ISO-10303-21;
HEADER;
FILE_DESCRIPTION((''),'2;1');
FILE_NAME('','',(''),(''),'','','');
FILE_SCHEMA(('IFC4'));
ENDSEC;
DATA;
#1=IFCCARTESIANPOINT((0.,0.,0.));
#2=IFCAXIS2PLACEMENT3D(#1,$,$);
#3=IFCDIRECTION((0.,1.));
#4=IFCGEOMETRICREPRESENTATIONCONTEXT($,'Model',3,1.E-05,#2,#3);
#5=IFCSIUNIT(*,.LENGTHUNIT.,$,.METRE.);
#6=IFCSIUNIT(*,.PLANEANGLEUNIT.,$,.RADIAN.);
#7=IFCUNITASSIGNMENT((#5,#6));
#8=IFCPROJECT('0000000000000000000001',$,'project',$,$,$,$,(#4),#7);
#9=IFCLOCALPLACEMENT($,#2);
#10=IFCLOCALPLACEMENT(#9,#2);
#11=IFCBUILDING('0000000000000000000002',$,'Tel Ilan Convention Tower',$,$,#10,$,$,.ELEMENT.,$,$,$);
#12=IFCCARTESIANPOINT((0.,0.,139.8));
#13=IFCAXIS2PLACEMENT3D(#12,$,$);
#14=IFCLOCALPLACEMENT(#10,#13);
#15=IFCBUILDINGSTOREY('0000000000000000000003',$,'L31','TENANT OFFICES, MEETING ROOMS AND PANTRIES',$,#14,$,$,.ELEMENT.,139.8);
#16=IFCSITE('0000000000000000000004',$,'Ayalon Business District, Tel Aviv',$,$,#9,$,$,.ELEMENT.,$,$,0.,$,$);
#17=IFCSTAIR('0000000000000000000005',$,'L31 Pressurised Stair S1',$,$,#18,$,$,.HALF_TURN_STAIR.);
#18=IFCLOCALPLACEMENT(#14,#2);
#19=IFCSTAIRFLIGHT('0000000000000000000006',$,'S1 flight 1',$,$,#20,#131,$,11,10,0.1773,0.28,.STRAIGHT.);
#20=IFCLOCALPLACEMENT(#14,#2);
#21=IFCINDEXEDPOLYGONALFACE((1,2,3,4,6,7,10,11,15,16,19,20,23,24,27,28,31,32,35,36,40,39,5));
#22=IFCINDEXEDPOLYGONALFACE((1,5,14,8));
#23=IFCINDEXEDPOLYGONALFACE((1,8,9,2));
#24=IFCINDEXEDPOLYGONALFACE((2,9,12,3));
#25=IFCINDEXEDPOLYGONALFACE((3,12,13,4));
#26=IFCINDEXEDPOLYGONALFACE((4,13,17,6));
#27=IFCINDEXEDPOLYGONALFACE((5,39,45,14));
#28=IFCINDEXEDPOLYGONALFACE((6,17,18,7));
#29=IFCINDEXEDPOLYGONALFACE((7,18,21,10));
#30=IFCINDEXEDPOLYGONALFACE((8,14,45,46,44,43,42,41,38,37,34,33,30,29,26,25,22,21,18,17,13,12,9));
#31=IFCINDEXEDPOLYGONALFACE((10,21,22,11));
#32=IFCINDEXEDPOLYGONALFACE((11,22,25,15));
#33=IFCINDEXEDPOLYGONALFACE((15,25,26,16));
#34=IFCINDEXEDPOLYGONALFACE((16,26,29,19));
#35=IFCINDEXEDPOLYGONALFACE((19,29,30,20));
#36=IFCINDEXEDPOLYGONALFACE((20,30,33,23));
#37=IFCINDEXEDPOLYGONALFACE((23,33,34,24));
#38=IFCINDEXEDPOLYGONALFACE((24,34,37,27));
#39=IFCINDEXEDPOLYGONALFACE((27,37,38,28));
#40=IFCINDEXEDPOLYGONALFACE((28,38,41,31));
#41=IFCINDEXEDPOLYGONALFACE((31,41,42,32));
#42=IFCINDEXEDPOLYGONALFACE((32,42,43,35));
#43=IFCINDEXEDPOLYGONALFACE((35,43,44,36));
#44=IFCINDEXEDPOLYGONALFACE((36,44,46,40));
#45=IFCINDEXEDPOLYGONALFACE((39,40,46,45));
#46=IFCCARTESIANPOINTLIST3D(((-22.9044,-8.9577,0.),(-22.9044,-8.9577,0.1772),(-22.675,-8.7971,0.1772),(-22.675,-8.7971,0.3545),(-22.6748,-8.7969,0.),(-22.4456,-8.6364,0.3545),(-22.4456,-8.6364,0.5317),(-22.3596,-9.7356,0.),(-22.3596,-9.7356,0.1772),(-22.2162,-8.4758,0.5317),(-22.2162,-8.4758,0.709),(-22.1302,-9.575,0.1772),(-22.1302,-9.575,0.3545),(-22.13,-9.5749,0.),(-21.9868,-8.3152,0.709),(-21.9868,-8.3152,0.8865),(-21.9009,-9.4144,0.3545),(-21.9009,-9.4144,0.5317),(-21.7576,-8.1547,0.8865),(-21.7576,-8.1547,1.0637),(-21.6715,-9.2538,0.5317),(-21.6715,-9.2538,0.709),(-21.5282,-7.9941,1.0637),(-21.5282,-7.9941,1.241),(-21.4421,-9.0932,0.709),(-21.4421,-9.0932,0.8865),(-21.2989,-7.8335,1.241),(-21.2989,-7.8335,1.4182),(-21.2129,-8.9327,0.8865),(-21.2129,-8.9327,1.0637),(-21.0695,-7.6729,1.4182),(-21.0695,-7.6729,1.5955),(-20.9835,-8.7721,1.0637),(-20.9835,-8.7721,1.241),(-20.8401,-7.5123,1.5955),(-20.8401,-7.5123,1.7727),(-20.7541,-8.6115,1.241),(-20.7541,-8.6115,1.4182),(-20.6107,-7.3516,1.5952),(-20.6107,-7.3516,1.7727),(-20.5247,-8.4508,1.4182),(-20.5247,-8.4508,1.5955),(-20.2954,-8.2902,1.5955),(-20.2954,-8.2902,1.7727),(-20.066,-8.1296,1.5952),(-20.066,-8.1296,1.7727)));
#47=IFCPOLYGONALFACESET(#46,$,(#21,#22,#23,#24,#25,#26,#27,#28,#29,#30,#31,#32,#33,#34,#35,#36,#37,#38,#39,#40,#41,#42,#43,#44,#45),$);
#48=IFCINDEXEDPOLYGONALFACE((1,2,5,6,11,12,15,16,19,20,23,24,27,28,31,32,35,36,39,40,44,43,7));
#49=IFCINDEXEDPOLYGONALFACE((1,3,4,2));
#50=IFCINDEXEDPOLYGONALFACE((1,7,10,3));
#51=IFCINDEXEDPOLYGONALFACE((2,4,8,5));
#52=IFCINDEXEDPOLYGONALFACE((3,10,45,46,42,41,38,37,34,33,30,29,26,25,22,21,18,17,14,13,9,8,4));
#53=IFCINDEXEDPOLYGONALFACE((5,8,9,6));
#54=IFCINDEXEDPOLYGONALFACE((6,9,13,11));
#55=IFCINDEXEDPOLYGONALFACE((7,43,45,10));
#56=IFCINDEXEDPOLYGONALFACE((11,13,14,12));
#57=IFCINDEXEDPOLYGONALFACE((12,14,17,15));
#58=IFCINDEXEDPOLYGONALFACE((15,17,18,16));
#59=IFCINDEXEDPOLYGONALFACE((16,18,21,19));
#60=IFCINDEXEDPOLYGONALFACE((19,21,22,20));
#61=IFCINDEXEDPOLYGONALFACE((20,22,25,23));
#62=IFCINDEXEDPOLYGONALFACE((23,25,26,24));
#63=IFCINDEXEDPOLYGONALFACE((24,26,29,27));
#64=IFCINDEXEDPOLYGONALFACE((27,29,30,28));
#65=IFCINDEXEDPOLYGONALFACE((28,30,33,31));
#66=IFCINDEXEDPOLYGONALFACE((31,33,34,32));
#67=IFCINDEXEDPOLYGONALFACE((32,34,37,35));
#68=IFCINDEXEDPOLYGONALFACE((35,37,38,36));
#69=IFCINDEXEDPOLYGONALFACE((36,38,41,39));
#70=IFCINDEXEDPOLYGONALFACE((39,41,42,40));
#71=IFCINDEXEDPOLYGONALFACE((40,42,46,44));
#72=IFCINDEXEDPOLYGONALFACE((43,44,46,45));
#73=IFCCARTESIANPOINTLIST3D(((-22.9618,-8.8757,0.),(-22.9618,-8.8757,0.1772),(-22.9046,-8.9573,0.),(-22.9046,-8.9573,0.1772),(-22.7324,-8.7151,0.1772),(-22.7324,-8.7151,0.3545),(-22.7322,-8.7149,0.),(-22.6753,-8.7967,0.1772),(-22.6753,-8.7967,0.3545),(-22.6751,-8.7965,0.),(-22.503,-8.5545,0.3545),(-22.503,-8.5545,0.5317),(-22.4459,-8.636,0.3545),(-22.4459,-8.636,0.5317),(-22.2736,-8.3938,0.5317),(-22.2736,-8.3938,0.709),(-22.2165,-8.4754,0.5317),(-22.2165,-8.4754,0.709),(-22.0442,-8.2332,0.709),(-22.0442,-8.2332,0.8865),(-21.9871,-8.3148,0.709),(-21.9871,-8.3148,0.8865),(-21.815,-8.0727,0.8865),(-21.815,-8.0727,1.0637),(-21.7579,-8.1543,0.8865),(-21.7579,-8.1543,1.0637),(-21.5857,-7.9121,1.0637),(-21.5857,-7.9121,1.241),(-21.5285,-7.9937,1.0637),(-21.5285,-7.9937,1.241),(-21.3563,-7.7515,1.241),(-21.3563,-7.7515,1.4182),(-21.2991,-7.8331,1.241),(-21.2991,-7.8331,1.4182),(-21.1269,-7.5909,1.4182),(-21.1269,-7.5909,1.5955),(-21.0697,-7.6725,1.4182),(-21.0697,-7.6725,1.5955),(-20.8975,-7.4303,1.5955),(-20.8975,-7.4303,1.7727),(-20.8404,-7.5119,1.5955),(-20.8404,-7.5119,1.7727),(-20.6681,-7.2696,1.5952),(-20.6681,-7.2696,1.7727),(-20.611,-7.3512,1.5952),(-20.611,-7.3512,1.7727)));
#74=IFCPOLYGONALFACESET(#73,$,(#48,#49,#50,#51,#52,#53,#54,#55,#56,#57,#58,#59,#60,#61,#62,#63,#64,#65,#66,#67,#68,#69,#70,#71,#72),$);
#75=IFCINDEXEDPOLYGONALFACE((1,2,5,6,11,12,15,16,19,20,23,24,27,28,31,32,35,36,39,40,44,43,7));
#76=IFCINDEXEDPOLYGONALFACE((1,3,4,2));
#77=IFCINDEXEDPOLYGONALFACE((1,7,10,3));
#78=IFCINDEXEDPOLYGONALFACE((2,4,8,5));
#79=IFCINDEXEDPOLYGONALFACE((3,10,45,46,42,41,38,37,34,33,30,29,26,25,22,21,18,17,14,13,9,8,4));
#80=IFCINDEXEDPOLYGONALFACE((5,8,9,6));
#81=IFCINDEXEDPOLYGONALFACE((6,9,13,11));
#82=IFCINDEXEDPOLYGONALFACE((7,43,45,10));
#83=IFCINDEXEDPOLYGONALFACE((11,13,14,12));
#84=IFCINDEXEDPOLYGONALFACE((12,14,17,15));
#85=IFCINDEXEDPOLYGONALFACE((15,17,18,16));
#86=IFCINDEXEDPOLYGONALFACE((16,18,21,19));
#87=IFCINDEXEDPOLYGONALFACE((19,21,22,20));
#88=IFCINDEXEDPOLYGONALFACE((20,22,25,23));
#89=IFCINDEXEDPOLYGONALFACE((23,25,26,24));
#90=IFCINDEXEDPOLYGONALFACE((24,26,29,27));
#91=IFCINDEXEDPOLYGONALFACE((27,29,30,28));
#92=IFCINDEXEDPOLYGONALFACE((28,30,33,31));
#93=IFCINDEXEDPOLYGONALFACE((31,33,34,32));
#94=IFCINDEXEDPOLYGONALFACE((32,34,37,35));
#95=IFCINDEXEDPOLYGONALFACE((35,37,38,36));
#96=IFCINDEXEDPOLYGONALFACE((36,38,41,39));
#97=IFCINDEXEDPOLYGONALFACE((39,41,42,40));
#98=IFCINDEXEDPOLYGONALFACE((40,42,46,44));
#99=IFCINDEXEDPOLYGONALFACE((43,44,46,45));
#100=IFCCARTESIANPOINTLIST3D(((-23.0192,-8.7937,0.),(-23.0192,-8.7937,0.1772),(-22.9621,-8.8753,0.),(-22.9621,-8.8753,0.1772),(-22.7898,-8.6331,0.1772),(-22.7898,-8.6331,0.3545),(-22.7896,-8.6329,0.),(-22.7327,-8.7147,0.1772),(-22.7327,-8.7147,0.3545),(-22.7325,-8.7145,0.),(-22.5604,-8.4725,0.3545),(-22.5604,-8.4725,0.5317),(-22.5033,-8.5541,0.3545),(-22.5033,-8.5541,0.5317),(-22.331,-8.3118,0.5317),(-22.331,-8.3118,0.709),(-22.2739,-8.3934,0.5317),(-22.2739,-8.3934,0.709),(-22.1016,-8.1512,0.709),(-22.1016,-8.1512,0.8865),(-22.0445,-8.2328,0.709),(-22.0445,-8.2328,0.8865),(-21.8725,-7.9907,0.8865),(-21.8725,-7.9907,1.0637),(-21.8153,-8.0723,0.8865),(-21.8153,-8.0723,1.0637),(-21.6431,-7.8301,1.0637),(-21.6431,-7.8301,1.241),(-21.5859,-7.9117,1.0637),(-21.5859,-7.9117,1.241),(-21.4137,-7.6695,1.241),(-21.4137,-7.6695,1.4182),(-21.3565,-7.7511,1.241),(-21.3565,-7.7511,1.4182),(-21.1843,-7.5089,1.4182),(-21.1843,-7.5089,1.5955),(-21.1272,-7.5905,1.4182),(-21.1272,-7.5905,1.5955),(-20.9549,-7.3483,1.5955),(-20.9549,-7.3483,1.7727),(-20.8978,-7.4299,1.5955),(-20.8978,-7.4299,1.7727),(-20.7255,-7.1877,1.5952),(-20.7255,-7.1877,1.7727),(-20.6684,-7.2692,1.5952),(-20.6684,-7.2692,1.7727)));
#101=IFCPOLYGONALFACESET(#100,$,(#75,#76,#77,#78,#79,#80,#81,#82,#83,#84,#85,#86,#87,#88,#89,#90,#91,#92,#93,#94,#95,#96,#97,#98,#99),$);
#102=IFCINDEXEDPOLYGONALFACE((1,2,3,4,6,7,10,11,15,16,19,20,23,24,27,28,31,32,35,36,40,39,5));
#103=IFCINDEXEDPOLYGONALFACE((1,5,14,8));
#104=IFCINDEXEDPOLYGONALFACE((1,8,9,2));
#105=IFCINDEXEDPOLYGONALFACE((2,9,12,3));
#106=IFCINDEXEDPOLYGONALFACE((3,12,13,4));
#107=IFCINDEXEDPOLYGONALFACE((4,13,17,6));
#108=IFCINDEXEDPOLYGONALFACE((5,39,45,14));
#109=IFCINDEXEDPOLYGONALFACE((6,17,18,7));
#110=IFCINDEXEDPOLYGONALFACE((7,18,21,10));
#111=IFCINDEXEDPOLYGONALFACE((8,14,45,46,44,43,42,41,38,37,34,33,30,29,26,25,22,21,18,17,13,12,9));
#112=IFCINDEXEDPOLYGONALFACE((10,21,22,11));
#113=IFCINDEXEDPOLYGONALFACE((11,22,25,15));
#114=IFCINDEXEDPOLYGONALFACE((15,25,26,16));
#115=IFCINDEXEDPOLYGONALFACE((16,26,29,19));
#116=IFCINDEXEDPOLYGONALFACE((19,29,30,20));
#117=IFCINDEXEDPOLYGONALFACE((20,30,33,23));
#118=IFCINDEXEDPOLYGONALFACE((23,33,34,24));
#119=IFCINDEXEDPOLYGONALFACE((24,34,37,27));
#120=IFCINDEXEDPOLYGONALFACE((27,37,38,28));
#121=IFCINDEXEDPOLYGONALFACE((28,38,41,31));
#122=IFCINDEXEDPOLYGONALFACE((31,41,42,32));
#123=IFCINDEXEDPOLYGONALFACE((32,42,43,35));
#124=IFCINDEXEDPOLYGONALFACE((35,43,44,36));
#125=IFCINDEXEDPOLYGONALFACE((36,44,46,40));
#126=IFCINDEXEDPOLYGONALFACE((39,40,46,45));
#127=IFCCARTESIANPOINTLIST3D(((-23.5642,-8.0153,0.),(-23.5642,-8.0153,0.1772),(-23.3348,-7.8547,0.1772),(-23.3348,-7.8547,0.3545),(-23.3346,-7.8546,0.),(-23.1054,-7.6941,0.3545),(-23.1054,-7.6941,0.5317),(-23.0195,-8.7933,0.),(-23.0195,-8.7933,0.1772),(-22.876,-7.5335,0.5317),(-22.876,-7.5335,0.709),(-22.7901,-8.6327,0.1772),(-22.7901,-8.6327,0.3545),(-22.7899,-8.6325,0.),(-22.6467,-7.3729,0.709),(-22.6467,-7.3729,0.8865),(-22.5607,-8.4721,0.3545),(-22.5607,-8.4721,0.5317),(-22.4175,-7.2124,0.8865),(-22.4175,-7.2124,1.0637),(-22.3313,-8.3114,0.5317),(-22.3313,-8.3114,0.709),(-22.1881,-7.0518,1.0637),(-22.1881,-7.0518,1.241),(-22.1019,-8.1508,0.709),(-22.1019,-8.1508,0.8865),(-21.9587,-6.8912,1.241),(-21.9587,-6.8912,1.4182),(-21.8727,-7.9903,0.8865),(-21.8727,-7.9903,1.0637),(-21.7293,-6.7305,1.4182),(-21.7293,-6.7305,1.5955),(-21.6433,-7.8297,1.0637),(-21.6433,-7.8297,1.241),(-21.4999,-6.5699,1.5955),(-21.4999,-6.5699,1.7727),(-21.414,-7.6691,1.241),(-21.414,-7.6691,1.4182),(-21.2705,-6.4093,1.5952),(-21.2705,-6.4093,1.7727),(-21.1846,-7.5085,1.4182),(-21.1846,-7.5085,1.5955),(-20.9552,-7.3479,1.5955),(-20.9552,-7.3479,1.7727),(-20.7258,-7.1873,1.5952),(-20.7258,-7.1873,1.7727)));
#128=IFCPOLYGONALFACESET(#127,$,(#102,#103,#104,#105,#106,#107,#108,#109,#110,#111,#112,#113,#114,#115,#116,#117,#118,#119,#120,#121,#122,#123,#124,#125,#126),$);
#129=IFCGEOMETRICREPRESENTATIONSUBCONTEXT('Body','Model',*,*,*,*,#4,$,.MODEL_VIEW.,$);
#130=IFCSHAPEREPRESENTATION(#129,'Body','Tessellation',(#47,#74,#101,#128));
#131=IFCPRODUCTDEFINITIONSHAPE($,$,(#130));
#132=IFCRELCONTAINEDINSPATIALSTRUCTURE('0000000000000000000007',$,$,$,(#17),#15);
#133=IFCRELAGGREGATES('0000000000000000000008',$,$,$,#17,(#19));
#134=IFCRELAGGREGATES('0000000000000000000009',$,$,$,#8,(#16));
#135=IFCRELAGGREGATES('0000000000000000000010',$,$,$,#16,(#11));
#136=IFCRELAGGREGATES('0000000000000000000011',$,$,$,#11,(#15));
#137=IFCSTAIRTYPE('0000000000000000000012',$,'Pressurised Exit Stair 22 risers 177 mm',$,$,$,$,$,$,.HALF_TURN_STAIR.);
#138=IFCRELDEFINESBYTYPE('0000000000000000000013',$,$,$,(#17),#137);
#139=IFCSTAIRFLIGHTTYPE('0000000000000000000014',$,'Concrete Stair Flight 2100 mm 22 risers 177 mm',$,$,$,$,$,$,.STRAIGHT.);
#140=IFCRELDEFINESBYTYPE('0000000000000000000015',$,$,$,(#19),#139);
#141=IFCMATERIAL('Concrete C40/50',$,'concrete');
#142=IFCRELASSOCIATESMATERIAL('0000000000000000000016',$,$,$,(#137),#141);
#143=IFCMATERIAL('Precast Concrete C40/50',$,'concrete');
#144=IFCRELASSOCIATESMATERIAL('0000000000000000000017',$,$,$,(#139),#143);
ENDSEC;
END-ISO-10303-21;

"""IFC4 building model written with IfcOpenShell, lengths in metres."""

from ifc_helpers import new_model, si_unit, direction, frame, origin, place, context, subcontext, project, spatial, polyline, outline, extrude, material, type_object, element, aggregate, save


model = new_model("IFC4")

# Units and contexts
model_context = context("Model", 3, precision=1e-05, world=origin(), true_north=direction((0.0, 1.0)))
body_context = subcontext(model_context, "Body", "Model", "MODEL_VIEW")
ifc_project = project(units=[si_unit("LENGTHUNIT", "METRE"), si_unit("PLANEANGLEUNIT", "RADIAN")], contexts=[model_context])

# Site, building, storey
site_placement = place(None, origin())
site = spatial("IfcSite", under=ifc_project, at=site_placement, Name="Ayalon Business District, Tel Aviv", CompositionType="ELEMENT", RefElevation=0.0)
building_placement = place(site_placement, origin())
building = spatial("IfcBuilding", under=site, at=building_placement, Name="Tel Ilan Convention Tower", CompositionType="ELEMENT")
storey_placement = place(building_placement, frame((0.0, 0.0, 139.8)))
storey = spatial("IfcBuildingStorey", under=building, at=storey_placement, Name="L31", Description="TENANT OFFICES, MEETING ROOMS AND PANTRIES", CompositionType="ELEMENT", Elevation=139.8)

# Stair, stair flight
ifc_material_1 = material(Name="Concrete C40/50", Category="concrete")
stair_type = type_object("IfcStairType", Name="Pressurised Exit Stair 22 risers 177 mm", PredefinedType="HALF_TURN_STAIR", material=ifc_material_1)
stair_1_placement = place(storey_placement, origin())
stair_1 = element("IfcStair", 1, at=stair_1_placement, inside=storey, type_object=stair_type, Name="L31 Pressurised Stair S1", PredefinedType="HALF_TURN_STAIR")
ifc_material_2 = material(Name="Precast Concrete C40/50", Category="concrete")
stair_flight_type = type_object("IfcStairFlightType", Name="Concrete Stair Flight 2100 mm 22 risers 177 mm", PredefinedType="STRAIGHT", material=ifc_material_2)
stair_flight_1_placement = place(storey_placement, frame((-22.9619, -8.8755, 0.0), z_axis=(0.0, 0.0, 1.0), x_axis=(0.819152, 0.573576, 0.0)))
stair_flight_1 = element("IfcStairFlight", 2, at=stair_flight_1_placement, type_object=stair_flight_type, Name="S1 flight 1", NumberOfRisers=11, NumberOfTreads=10, PredefinedType="STRAIGHT", RiserHeight=0.1773, TreadLength=0.28, context=body_context, shape_type="SweptSolid", body=[
    extrude(outline(polyline([(0.0, 0.0), (0.0, 0.1772), (0.28, 0.1772), (0.28, 0.3545), (0.5601, 0.3545), (0.5601, 0.5317), (0.8401, 0.5317), (0.8401, 0.709), (1.1201, 0.709), (1.1201, 0.8865), (1.3999, 0.8865), (1.3999, 1.0637), (1.6799, 1.0637), (1.6799, 1.241), (1.96, 1.241), (1.96, 1.4182), (2.24, 1.4182), (2.24, 1.5955), (2.52, 1.5955), (2.52, 1.7727), (2.8, 1.7727), (2.8, 1.95), (2.8, 1.5952), (0.2803, 0.0), (0.0, 0.0)])), frame((0.0, -0.1003, 0.0), z_axis=(0.0, -1.0, 0.0), x_axis=(1.0, 0.0, 0.0)), (0.0, 0.0, 1.0), 0.9497),
    extrude(outline(polyline([(0.0, 0.0), (0.0, 0.1772), (0.28, 0.1772), (0.28, 0.3545), (0.5601, 0.3545), (0.5601, 0.5317), (0.8401, 0.5317), (0.8401, 0.709), (1.1201, 0.709), (1.1201, 0.8865), (1.3999, 0.8865), (1.3999, 1.0637), (1.6799, 1.0637), (1.6799, 1.241), (1.96, 1.241), (1.96, 1.4182), (2.24, 1.4182), (2.24, 1.5955), (2.52, 1.5955), (2.52, 1.7727), (2.8, 1.7727), (2.8, 1.95), (2.8, 1.5952), (0.2803, 0.0), (0.0, 0.0)])), frame((0.0, -0.0002, 0.0), z_axis=(0.0, -1.0, 0.0), x_axis=(1.0, 0.0, 0.0)), (0.0, 0.0, 1.0), 0.0996),
    extrude(outline(polyline([(0.0, 0.0), (0.0, 0.1772), (0.28, 0.1772), (0.28, 0.3545), (0.5601, 0.3545), (0.5601, 0.5317), (0.8401, 0.5317), (0.8401, 0.709), (1.1201, 0.709), (1.1201, 0.8865), (1.3999, 0.8865), (1.3999, 1.0637), (1.6799, 1.0637), (1.6799, 1.241), (1.96, 1.241), (1.96, 1.4182), (2.24, 1.4182), (2.24, 1.5955), (2.52, 1.5955), (2.52, 1.7727), (2.8, 1.7727), (2.8, 1.95), (2.8, 1.5952), (0.2803, 0.0), (0.0, 0.0)])), frame((0.0, 0.0999, 0.0), z_axis=(0.0, -1.0, 0.0), x_axis=(1.0, 0.0, 0.0)), (0.0, 0.0, 1.0), 0.0996),
    extrude(outline(polyline([(0.0, 0.0), (0.0, 0.1772), (0.28, 0.1772), (0.28, 0.3545), (0.5601, 0.3545), (0.5601, 0.5317), (0.8401, 0.5317), (0.8401, 0.709), (1.1201, 0.709), (1.1201, 0.8865), (1.3999, 0.8865), (1.3999, 1.0637), (1.6799, 1.0637), (1.6799, 1.241), (1.96, 1.241), (1.96, 1.4182), (2.24, 1.4182), (2.24, 1.5955), (2.52, 1.5955), (2.52, 1.7727), (2.8, 1.7727), (2.8, 1.95), (2.8, 1.5952), (0.2803, 0.0), (0.0, 0.0)])), frame((0.0, 1.05, 0.0), z_axis=(0.0, -1.0, 0.0), x_axis=(1.0, 0.0, 0.0)), (0.0, 0.0, 1.0), 0.9497),
])
aggregate(stair_1, [stair_flight_1])

save(model, "model.ifc")
